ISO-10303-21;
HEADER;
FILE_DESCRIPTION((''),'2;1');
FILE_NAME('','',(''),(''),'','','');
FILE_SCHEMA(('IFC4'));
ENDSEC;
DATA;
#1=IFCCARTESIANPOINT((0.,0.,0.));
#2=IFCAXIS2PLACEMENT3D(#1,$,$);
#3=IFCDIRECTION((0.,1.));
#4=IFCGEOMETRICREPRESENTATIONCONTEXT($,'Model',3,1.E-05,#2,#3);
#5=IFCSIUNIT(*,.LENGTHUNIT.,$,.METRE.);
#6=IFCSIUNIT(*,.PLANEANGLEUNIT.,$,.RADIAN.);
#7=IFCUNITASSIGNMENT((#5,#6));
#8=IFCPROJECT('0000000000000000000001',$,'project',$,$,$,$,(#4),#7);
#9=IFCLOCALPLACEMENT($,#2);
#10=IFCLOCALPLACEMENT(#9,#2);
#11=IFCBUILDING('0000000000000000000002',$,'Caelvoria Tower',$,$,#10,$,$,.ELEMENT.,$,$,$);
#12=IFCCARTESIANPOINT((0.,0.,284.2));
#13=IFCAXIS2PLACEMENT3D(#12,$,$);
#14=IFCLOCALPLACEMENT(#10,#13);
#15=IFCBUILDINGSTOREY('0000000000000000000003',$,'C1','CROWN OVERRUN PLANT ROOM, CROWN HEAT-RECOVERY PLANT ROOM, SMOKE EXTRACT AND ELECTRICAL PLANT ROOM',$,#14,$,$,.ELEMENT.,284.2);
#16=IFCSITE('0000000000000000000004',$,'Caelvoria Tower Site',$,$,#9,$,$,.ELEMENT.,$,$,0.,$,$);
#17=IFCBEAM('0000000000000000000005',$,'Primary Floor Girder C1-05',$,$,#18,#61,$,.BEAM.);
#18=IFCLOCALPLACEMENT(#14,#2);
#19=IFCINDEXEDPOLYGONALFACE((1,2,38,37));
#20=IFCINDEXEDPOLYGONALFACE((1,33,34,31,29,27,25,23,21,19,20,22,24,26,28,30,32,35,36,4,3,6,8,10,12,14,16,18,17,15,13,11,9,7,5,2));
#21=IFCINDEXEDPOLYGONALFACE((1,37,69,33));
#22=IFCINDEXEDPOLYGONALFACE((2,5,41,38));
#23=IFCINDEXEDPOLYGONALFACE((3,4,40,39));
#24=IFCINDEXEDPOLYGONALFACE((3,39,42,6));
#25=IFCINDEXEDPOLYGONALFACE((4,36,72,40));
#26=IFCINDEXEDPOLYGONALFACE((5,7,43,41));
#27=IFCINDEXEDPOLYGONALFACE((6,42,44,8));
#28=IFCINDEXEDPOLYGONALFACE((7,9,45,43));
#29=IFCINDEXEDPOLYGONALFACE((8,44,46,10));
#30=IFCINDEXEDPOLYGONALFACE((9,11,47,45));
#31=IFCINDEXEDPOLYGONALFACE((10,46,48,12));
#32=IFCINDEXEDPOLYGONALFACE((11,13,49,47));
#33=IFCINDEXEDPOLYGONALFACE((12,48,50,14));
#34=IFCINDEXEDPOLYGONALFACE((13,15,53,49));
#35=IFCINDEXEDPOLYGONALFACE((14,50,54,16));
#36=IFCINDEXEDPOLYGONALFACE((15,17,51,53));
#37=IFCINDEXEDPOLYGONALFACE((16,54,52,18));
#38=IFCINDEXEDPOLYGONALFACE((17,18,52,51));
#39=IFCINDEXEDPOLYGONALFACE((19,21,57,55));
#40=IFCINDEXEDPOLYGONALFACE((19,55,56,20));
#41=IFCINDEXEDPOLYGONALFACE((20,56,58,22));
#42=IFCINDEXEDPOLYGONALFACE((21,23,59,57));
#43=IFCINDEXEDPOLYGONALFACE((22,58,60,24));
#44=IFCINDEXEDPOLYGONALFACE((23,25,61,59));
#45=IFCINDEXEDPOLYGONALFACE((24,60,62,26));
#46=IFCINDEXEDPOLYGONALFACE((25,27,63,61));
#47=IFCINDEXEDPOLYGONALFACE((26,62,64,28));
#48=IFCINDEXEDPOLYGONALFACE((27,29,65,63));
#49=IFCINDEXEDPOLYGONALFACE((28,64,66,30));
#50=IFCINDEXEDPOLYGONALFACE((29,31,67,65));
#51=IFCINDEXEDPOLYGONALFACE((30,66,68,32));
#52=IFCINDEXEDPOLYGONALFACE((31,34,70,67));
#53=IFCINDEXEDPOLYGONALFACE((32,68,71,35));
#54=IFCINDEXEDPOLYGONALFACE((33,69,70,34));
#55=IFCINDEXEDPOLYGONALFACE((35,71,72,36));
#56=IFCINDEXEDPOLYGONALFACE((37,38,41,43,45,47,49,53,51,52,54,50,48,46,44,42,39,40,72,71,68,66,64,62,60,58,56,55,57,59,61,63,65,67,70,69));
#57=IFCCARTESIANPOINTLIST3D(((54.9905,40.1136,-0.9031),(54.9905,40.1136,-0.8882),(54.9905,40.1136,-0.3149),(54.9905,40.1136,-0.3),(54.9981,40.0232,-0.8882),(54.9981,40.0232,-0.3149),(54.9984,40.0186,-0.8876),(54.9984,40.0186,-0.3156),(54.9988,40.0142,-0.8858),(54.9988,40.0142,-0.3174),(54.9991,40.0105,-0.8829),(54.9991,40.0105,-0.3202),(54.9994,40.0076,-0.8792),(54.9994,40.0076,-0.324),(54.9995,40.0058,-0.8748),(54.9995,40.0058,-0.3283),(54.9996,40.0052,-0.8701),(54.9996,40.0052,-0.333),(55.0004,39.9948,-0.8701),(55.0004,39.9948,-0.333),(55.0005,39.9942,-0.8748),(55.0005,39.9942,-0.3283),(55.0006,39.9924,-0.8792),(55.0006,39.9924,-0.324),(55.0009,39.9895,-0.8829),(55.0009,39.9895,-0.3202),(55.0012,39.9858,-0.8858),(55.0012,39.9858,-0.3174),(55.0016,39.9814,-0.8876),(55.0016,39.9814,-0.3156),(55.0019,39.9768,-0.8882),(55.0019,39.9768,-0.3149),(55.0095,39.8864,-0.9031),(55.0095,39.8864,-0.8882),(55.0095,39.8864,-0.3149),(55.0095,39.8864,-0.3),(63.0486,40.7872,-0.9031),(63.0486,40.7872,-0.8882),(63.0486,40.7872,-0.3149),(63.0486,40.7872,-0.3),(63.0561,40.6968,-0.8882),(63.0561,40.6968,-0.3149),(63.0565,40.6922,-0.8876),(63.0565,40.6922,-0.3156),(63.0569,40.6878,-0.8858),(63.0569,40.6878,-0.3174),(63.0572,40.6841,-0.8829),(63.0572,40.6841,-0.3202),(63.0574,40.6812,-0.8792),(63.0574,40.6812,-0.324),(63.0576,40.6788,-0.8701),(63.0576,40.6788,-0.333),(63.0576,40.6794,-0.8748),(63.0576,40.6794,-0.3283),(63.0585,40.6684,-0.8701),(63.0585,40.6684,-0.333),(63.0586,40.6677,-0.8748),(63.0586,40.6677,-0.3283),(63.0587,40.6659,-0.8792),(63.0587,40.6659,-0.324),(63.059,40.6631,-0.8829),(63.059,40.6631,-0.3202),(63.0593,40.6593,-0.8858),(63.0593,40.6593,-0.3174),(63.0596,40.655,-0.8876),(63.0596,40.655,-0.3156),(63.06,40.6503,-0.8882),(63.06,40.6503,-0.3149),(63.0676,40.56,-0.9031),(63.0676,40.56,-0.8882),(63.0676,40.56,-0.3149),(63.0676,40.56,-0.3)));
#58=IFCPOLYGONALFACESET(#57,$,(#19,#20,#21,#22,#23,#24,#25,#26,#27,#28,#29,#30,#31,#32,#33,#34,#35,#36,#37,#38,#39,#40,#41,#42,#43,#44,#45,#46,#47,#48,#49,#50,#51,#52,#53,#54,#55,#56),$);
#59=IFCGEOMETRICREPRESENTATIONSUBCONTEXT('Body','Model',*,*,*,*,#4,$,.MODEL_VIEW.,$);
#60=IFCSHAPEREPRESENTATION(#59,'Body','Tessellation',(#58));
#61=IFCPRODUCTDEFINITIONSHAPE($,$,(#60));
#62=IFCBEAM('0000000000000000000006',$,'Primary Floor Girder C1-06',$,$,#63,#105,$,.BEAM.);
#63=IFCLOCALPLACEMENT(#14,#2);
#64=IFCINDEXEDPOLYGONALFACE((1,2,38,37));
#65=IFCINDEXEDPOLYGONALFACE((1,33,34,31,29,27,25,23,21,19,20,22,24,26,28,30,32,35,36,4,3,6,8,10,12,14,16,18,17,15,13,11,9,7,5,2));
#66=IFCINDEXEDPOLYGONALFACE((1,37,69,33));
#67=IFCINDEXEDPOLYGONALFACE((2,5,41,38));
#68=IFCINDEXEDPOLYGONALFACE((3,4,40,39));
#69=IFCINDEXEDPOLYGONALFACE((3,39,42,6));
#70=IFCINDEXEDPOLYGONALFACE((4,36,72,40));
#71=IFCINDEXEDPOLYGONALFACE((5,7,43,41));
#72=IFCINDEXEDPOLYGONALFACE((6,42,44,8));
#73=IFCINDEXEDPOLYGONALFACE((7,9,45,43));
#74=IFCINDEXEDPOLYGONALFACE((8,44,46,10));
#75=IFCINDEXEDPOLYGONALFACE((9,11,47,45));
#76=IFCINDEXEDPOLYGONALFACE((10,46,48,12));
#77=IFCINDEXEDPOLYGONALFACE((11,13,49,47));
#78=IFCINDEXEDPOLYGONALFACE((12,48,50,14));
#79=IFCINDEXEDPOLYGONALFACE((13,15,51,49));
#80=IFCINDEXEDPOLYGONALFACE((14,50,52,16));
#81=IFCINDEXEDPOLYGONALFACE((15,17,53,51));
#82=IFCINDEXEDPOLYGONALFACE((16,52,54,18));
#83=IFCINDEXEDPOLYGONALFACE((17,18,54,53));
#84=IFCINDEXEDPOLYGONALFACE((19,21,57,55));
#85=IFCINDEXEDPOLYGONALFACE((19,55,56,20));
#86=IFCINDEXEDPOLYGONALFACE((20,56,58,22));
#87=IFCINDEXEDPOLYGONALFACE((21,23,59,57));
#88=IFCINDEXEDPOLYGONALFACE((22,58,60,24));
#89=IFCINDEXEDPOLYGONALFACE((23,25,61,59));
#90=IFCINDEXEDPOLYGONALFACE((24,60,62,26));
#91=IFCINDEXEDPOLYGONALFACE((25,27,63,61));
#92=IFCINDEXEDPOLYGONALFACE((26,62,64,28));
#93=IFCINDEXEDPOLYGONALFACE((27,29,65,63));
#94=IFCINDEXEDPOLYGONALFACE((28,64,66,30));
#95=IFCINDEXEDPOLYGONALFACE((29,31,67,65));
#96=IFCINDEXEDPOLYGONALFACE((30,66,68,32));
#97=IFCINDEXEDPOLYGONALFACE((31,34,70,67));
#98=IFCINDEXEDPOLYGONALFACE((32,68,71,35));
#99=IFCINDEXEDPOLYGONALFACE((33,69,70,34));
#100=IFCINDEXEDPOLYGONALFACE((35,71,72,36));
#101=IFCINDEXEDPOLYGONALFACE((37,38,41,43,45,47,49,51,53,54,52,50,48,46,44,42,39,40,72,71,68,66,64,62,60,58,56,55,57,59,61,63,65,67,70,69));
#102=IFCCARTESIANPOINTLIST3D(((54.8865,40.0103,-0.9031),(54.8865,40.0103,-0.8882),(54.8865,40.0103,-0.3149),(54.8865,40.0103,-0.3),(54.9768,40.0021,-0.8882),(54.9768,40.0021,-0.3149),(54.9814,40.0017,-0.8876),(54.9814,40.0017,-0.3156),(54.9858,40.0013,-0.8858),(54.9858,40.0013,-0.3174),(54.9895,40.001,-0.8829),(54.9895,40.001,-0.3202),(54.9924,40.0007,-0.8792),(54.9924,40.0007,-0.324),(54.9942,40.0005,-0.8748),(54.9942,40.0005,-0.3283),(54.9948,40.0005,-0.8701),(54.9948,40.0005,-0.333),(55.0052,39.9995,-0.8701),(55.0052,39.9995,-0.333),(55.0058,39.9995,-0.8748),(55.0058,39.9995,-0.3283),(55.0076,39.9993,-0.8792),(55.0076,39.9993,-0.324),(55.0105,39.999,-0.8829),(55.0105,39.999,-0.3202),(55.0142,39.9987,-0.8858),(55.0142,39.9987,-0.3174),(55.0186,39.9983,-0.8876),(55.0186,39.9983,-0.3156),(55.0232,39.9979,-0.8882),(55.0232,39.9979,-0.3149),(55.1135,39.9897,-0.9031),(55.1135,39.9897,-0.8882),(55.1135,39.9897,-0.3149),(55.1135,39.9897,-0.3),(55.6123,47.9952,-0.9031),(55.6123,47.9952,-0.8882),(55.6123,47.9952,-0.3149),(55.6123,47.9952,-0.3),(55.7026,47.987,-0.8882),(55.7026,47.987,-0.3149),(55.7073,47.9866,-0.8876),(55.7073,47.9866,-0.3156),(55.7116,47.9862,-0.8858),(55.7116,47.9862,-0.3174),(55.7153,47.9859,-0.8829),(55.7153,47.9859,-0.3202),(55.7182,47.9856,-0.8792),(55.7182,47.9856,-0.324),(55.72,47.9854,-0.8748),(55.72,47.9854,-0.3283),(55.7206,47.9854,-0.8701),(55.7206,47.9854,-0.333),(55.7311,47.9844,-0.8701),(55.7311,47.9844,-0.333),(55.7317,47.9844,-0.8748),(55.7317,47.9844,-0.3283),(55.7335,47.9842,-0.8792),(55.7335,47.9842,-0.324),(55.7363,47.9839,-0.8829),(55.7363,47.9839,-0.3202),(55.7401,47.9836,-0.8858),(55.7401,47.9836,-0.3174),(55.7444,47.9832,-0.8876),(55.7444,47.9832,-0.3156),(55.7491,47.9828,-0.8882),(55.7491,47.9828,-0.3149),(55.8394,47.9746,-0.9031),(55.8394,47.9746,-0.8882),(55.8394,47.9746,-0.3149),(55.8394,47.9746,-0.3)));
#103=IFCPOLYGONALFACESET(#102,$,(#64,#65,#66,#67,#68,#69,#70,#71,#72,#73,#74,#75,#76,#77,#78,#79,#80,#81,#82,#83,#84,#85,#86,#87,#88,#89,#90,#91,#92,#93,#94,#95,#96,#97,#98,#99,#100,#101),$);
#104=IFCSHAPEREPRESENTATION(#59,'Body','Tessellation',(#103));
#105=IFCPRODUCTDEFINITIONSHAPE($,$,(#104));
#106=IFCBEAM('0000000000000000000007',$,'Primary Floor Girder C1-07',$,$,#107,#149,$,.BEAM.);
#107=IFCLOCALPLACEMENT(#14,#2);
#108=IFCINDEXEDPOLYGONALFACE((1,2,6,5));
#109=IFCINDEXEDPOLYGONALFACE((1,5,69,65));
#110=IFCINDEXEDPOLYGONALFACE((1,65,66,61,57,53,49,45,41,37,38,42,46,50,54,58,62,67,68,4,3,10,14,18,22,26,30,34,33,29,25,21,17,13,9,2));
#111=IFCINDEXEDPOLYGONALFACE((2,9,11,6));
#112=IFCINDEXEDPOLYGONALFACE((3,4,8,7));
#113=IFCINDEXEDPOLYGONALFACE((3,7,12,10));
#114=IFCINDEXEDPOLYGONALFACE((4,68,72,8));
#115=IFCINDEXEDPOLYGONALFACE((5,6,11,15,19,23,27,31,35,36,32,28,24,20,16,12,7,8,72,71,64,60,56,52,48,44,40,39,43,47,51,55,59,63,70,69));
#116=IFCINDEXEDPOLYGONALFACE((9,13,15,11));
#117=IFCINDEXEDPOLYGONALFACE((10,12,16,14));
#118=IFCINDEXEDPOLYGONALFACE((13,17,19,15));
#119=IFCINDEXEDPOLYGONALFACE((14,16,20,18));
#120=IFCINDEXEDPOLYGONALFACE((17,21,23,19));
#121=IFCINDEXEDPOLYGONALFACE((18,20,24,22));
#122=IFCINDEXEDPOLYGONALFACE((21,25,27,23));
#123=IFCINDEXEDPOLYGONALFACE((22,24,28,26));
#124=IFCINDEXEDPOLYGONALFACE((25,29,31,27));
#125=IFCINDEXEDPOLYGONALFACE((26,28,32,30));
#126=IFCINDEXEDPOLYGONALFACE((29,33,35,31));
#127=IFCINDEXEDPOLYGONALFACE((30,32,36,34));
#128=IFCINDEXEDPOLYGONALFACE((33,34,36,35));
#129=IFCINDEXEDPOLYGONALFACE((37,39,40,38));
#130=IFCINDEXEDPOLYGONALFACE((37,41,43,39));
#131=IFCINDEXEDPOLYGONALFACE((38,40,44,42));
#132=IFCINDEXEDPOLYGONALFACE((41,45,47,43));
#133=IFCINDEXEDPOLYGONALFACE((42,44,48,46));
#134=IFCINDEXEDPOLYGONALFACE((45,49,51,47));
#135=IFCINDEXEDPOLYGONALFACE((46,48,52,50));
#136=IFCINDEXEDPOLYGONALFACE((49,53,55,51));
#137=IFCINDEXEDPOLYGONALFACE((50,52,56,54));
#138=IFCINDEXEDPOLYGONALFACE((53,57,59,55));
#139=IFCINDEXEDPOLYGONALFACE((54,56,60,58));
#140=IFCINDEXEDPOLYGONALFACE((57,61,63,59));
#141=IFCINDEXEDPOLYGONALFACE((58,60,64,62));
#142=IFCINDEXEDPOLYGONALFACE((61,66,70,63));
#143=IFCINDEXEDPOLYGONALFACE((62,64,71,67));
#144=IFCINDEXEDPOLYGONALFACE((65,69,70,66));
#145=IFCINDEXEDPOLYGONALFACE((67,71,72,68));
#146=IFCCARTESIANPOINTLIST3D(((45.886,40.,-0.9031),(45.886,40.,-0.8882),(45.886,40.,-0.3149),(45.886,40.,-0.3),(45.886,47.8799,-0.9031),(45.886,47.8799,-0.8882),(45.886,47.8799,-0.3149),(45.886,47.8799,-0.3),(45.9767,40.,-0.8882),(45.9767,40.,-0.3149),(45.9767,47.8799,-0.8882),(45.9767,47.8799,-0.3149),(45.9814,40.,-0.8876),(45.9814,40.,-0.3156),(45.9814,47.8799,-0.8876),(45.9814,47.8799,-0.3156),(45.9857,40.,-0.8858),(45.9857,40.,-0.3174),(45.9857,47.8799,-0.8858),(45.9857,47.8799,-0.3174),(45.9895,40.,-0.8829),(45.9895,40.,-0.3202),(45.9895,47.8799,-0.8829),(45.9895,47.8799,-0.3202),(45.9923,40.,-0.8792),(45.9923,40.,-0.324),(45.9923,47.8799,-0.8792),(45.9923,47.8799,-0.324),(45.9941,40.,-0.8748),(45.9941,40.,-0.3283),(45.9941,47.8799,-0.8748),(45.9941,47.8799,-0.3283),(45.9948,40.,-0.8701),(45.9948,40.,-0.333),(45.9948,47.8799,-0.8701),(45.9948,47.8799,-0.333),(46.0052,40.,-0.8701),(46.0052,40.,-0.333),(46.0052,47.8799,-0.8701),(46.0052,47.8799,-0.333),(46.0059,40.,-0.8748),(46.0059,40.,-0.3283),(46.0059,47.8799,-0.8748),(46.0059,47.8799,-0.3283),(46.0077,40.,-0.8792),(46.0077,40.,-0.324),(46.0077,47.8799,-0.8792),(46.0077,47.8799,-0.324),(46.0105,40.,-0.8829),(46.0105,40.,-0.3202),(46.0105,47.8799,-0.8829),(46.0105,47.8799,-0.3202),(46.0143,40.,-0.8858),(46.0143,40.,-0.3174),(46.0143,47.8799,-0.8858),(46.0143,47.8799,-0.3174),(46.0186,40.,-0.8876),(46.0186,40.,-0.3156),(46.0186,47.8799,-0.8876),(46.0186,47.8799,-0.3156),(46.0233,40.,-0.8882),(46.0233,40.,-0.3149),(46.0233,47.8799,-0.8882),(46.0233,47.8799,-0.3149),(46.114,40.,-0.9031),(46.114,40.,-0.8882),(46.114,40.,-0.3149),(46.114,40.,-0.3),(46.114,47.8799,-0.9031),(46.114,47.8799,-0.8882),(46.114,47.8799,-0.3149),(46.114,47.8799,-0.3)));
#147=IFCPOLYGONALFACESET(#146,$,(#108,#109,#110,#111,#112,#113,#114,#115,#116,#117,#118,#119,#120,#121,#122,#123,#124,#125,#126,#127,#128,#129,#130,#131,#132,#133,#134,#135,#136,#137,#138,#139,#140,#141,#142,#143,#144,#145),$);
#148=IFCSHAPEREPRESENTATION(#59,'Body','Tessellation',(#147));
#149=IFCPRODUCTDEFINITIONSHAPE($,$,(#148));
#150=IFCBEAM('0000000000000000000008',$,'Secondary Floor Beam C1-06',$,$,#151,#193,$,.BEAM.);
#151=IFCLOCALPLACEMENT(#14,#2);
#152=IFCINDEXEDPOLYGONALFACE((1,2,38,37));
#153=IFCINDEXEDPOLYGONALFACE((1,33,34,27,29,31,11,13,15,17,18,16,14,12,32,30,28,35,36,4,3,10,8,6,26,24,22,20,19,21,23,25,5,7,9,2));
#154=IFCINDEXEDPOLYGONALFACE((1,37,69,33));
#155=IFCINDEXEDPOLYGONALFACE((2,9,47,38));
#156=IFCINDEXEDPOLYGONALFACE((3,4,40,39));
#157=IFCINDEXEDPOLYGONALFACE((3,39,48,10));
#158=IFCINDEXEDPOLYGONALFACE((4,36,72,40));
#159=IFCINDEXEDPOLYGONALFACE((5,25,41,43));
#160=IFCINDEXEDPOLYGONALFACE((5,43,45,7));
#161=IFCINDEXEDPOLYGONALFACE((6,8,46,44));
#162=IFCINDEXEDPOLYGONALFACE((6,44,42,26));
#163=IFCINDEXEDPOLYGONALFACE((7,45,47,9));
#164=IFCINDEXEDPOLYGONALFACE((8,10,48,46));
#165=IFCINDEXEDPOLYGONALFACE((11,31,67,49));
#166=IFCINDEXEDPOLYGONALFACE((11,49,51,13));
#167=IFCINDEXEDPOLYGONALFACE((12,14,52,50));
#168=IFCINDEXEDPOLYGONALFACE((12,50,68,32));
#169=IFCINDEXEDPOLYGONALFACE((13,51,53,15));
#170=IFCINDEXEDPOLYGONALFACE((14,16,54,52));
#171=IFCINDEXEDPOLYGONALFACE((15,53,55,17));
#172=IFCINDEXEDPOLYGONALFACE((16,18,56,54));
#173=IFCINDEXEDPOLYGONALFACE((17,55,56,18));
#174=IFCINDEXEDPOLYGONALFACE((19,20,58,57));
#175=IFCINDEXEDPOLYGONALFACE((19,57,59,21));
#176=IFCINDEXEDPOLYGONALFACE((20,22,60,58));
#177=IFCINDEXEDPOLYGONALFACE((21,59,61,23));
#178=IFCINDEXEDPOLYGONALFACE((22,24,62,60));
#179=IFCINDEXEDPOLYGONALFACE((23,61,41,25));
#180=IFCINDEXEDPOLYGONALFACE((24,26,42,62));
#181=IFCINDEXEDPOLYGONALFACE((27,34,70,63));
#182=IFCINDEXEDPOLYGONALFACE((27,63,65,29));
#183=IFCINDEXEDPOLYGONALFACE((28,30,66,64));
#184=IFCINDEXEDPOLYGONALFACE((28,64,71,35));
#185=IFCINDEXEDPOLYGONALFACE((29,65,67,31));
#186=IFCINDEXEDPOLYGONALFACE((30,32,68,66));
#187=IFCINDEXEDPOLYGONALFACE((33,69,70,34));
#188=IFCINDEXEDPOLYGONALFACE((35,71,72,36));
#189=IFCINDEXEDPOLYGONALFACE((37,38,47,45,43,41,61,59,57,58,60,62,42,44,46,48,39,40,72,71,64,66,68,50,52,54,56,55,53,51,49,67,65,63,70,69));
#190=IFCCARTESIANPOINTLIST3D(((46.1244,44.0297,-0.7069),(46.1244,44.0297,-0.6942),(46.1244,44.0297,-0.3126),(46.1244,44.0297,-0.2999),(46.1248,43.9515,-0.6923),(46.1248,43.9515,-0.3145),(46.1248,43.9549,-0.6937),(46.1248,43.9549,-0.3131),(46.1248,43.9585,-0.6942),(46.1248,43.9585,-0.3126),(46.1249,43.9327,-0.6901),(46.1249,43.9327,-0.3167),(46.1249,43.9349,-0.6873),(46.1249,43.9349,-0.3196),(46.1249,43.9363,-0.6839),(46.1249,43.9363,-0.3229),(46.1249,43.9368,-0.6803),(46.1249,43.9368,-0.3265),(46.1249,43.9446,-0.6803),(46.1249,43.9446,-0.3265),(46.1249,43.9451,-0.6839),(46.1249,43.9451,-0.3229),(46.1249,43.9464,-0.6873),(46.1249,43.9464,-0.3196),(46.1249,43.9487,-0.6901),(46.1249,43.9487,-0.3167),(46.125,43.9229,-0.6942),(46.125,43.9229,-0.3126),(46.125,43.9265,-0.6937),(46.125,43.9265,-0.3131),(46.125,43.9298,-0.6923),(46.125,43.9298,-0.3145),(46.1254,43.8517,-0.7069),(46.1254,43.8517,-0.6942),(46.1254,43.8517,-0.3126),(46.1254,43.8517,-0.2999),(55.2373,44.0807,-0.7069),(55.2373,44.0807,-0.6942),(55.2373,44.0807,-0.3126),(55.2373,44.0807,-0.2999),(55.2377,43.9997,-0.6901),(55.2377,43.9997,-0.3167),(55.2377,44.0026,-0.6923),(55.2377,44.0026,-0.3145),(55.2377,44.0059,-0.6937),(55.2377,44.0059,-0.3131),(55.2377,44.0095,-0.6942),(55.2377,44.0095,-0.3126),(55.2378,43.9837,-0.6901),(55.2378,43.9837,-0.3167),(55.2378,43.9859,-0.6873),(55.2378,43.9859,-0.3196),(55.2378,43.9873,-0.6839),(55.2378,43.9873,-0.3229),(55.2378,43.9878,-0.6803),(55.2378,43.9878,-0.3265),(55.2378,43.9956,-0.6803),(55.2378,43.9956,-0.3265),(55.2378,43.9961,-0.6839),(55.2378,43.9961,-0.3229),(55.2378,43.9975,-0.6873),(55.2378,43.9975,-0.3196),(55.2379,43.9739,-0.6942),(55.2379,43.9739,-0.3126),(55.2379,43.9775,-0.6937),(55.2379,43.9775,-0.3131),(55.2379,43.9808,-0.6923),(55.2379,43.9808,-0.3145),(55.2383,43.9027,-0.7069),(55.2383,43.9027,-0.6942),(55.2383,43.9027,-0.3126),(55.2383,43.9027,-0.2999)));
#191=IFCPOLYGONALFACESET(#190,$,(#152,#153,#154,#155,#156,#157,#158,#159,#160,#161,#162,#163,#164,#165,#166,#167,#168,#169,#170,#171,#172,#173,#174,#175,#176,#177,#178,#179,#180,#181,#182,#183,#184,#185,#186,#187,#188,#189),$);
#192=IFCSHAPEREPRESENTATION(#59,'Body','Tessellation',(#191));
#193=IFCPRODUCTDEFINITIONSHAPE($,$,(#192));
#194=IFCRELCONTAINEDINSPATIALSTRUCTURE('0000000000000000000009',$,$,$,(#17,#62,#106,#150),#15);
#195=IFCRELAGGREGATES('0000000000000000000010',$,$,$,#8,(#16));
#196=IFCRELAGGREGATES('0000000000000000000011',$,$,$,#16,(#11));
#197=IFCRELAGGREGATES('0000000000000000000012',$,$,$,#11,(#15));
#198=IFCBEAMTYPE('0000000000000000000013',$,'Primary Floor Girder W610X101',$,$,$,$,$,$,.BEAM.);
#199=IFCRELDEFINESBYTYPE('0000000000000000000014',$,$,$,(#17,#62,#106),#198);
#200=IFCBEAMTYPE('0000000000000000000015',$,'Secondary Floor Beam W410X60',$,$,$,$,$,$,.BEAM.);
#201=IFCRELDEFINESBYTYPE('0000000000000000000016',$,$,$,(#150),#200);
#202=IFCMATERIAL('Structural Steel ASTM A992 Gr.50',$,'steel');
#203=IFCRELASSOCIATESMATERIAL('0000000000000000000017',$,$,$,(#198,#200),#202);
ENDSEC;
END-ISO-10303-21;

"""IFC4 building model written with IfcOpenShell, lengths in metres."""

from ifc_helpers import new_model, si_unit, direction, frame, origin, origin_2d, place, context, subcontext, project, spatial, i_section, extrude, material, material_profile, profile_set, type_object, element, save


model = new_model("IFC4")

# Units and contexts
model_context = context("Model", 3, precision=1e-05, world=origin(), true_north=direction((0.0, 1.0)))
body_context = subcontext(model_context, "Body", "Model", "MODEL_VIEW")
ifc_project = project(units=[si_unit("LENGTHUNIT", "METRE"), si_unit("PLANEANGLEUNIT", "RADIAN")], contexts=[model_context])

# Site, building, storey
site_placement = place(None, origin())
site = spatial("IfcSite", under=ifc_project, at=site_placement, Name="Caelvoria Tower Site", CompositionType="ELEMENT", RefElevation=0.0)
building_placement = place(site_placement, origin())
building = spatial("IfcBuilding", under=site, at=building_placement, Name="Caelvoria Tower", CompositionType="ELEMENT")
storey_placement = place(building_placement, frame((0.0, 0.0, 284.2)))
storey = spatial("IfcBuildingStorey", under=building, at=storey_placement, Name="C1", Description="CROWN OVERRUN PLANT ROOM, CROWN HEAT-RECOVERY PLANT ROOM, SMOKE EXTRACT AND ELECTRICAL PLANT ROOM", CompositionType="ELEMENT", Elevation=284.2)

# Shared definitions
ifc_material_1 = material(Name="Structural Steel ASTM A992 Gr.50", Category="steel")

# Beams
ifc_material_profile_1 = material_profile(ifc_material_1, i_section(OverallWidth=0.228, OverallDepth=0.603, WebThickness=0.0105, FlangeThickness=0.0149, FilletRadius=0.0181, at=origin_2d()), Name="Structural Steel ASTM A992 Gr.50")
ifc_profile_set_1 = profile_set([ifc_material_profile_1], Name="W610X101 - Structural Steel ASTM A992 Gr.50")
beam_type_1 = type_object("IfcBeamType", Name="Primary Floor Girder W610X101", PredefinedType="BEAM", material=ifc_profile_set_1)
beam_1_placement = place(storey_placement, frame((55.0, 40.0, -0.6016), z_axis=(0.996524, 0.0833, 0.0), x_axis=(-0.0833, 0.996524, 0.0)))
element("IfcBeam", 1, at=beam_1_placement, inside=storey, type_object=beam_type_1, Name="Primary Floor Girder C1-05", PredefinedType="BEAM", context=body_context, shape_type="SweptSolid", body=[
    extrude(i_section(OverallWidth=0.228, OverallDepth=0.603, WebThickness=0.0105, FlangeThickness=0.0149, FilletRadius=0.0181, at=origin_2d()), origin(), (0.0, 0.0, 1.0), 8.0862),
])
beam_2_placement = place(storey_placement, frame((55.0, 40.0, -0.6016), z_axis=(0.090528, 0.995894, 0.0), x_axis=(-0.995894, 0.090528, 0.0)))
element("IfcBeam", 2, at=beam_2_placement, inside=storey, type_object=beam_type_1, Name="Primary Floor Girder C1-06", PredefinedType="BEAM", context=body_context, shape_type="SweptSolid", body=[
    extrude(i_section(OverallWidth=0.228, OverallDepth=0.603, WebThickness=0.0105, FlangeThickness=0.0149, FilletRadius=0.0181, at=origin_2d()), origin(), (0.0, 0.0, 1.0), 8.0178),
])
beam_3_placement = place(storey_placement, frame((46.0, 40.0, -0.6016), z_axis=(0.0, 1.0, 0.0), x_axis=(-1.0, 0.0, 0.0)))
element("IfcBeam", 3, at=beam_3_placement, inside=storey, type_object=beam_type_1, Name="Primary Floor Girder C1-07", PredefinedType="BEAM", context=body_context, shape_type="SweptSolid", body=[
    extrude(i_section(OverallWidth=0.228, OverallDepth=0.603, WebThickness=0.0105, FlangeThickness=0.0149, FilletRadius=0.0181, at=origin_2d()), origin(), (0.0, 0.0, 1.0), 7.8799),
])
ifc_material_profile_2 = material_profile(ifc_material_1, i_section(OverallWidth=0.178, OverallDepth=0.407, WebThickness=0.0078, FlangeThickness=0.0127, FilletRadius=0.0139, at=origin_2d()), Name="Structural Steel ASTM A992 Gr.50")
ifc_profile_set_2 = profile_set([ifc_material_profile_2], Name="W410X60 - Structural Steel ASTM A992 Gr.50")
beam_type_2 = type_object("IfcBeamType", Name="Secondary Floor Beam W410X60", PredefinedType="BEAM", material=ifc_profile_set_2)
for number, where, z_axis, x_axis, name in (
    (4, (55.2378, 43.9917, -0.5034), (-0.999984, -0.005599, 0.0), (0.005599, -0.999984, 0.0), "Secondary Floor Beam C1-06"),
):
    element("IfcBeam", number, at=place(storey_placement, frame(where, z_axis=z_axis, x_axis=x_axis)), inside=storey, type_object=beam_type_2, Name=name, PredefinedType="BEAM", context=body_context, shape_type="SweptSolid", body=[
        extrude(i_section(OverallWidth=0.178, OverallDepth=0.407, WebThickness=0.0078, FlangeThickness=0.0127, FilletRadius=0.0139, at=origin_2d()), origin(), (0.0, 0.0, 1.0), 9.113),
    ])

save(model, "model.ifc")
